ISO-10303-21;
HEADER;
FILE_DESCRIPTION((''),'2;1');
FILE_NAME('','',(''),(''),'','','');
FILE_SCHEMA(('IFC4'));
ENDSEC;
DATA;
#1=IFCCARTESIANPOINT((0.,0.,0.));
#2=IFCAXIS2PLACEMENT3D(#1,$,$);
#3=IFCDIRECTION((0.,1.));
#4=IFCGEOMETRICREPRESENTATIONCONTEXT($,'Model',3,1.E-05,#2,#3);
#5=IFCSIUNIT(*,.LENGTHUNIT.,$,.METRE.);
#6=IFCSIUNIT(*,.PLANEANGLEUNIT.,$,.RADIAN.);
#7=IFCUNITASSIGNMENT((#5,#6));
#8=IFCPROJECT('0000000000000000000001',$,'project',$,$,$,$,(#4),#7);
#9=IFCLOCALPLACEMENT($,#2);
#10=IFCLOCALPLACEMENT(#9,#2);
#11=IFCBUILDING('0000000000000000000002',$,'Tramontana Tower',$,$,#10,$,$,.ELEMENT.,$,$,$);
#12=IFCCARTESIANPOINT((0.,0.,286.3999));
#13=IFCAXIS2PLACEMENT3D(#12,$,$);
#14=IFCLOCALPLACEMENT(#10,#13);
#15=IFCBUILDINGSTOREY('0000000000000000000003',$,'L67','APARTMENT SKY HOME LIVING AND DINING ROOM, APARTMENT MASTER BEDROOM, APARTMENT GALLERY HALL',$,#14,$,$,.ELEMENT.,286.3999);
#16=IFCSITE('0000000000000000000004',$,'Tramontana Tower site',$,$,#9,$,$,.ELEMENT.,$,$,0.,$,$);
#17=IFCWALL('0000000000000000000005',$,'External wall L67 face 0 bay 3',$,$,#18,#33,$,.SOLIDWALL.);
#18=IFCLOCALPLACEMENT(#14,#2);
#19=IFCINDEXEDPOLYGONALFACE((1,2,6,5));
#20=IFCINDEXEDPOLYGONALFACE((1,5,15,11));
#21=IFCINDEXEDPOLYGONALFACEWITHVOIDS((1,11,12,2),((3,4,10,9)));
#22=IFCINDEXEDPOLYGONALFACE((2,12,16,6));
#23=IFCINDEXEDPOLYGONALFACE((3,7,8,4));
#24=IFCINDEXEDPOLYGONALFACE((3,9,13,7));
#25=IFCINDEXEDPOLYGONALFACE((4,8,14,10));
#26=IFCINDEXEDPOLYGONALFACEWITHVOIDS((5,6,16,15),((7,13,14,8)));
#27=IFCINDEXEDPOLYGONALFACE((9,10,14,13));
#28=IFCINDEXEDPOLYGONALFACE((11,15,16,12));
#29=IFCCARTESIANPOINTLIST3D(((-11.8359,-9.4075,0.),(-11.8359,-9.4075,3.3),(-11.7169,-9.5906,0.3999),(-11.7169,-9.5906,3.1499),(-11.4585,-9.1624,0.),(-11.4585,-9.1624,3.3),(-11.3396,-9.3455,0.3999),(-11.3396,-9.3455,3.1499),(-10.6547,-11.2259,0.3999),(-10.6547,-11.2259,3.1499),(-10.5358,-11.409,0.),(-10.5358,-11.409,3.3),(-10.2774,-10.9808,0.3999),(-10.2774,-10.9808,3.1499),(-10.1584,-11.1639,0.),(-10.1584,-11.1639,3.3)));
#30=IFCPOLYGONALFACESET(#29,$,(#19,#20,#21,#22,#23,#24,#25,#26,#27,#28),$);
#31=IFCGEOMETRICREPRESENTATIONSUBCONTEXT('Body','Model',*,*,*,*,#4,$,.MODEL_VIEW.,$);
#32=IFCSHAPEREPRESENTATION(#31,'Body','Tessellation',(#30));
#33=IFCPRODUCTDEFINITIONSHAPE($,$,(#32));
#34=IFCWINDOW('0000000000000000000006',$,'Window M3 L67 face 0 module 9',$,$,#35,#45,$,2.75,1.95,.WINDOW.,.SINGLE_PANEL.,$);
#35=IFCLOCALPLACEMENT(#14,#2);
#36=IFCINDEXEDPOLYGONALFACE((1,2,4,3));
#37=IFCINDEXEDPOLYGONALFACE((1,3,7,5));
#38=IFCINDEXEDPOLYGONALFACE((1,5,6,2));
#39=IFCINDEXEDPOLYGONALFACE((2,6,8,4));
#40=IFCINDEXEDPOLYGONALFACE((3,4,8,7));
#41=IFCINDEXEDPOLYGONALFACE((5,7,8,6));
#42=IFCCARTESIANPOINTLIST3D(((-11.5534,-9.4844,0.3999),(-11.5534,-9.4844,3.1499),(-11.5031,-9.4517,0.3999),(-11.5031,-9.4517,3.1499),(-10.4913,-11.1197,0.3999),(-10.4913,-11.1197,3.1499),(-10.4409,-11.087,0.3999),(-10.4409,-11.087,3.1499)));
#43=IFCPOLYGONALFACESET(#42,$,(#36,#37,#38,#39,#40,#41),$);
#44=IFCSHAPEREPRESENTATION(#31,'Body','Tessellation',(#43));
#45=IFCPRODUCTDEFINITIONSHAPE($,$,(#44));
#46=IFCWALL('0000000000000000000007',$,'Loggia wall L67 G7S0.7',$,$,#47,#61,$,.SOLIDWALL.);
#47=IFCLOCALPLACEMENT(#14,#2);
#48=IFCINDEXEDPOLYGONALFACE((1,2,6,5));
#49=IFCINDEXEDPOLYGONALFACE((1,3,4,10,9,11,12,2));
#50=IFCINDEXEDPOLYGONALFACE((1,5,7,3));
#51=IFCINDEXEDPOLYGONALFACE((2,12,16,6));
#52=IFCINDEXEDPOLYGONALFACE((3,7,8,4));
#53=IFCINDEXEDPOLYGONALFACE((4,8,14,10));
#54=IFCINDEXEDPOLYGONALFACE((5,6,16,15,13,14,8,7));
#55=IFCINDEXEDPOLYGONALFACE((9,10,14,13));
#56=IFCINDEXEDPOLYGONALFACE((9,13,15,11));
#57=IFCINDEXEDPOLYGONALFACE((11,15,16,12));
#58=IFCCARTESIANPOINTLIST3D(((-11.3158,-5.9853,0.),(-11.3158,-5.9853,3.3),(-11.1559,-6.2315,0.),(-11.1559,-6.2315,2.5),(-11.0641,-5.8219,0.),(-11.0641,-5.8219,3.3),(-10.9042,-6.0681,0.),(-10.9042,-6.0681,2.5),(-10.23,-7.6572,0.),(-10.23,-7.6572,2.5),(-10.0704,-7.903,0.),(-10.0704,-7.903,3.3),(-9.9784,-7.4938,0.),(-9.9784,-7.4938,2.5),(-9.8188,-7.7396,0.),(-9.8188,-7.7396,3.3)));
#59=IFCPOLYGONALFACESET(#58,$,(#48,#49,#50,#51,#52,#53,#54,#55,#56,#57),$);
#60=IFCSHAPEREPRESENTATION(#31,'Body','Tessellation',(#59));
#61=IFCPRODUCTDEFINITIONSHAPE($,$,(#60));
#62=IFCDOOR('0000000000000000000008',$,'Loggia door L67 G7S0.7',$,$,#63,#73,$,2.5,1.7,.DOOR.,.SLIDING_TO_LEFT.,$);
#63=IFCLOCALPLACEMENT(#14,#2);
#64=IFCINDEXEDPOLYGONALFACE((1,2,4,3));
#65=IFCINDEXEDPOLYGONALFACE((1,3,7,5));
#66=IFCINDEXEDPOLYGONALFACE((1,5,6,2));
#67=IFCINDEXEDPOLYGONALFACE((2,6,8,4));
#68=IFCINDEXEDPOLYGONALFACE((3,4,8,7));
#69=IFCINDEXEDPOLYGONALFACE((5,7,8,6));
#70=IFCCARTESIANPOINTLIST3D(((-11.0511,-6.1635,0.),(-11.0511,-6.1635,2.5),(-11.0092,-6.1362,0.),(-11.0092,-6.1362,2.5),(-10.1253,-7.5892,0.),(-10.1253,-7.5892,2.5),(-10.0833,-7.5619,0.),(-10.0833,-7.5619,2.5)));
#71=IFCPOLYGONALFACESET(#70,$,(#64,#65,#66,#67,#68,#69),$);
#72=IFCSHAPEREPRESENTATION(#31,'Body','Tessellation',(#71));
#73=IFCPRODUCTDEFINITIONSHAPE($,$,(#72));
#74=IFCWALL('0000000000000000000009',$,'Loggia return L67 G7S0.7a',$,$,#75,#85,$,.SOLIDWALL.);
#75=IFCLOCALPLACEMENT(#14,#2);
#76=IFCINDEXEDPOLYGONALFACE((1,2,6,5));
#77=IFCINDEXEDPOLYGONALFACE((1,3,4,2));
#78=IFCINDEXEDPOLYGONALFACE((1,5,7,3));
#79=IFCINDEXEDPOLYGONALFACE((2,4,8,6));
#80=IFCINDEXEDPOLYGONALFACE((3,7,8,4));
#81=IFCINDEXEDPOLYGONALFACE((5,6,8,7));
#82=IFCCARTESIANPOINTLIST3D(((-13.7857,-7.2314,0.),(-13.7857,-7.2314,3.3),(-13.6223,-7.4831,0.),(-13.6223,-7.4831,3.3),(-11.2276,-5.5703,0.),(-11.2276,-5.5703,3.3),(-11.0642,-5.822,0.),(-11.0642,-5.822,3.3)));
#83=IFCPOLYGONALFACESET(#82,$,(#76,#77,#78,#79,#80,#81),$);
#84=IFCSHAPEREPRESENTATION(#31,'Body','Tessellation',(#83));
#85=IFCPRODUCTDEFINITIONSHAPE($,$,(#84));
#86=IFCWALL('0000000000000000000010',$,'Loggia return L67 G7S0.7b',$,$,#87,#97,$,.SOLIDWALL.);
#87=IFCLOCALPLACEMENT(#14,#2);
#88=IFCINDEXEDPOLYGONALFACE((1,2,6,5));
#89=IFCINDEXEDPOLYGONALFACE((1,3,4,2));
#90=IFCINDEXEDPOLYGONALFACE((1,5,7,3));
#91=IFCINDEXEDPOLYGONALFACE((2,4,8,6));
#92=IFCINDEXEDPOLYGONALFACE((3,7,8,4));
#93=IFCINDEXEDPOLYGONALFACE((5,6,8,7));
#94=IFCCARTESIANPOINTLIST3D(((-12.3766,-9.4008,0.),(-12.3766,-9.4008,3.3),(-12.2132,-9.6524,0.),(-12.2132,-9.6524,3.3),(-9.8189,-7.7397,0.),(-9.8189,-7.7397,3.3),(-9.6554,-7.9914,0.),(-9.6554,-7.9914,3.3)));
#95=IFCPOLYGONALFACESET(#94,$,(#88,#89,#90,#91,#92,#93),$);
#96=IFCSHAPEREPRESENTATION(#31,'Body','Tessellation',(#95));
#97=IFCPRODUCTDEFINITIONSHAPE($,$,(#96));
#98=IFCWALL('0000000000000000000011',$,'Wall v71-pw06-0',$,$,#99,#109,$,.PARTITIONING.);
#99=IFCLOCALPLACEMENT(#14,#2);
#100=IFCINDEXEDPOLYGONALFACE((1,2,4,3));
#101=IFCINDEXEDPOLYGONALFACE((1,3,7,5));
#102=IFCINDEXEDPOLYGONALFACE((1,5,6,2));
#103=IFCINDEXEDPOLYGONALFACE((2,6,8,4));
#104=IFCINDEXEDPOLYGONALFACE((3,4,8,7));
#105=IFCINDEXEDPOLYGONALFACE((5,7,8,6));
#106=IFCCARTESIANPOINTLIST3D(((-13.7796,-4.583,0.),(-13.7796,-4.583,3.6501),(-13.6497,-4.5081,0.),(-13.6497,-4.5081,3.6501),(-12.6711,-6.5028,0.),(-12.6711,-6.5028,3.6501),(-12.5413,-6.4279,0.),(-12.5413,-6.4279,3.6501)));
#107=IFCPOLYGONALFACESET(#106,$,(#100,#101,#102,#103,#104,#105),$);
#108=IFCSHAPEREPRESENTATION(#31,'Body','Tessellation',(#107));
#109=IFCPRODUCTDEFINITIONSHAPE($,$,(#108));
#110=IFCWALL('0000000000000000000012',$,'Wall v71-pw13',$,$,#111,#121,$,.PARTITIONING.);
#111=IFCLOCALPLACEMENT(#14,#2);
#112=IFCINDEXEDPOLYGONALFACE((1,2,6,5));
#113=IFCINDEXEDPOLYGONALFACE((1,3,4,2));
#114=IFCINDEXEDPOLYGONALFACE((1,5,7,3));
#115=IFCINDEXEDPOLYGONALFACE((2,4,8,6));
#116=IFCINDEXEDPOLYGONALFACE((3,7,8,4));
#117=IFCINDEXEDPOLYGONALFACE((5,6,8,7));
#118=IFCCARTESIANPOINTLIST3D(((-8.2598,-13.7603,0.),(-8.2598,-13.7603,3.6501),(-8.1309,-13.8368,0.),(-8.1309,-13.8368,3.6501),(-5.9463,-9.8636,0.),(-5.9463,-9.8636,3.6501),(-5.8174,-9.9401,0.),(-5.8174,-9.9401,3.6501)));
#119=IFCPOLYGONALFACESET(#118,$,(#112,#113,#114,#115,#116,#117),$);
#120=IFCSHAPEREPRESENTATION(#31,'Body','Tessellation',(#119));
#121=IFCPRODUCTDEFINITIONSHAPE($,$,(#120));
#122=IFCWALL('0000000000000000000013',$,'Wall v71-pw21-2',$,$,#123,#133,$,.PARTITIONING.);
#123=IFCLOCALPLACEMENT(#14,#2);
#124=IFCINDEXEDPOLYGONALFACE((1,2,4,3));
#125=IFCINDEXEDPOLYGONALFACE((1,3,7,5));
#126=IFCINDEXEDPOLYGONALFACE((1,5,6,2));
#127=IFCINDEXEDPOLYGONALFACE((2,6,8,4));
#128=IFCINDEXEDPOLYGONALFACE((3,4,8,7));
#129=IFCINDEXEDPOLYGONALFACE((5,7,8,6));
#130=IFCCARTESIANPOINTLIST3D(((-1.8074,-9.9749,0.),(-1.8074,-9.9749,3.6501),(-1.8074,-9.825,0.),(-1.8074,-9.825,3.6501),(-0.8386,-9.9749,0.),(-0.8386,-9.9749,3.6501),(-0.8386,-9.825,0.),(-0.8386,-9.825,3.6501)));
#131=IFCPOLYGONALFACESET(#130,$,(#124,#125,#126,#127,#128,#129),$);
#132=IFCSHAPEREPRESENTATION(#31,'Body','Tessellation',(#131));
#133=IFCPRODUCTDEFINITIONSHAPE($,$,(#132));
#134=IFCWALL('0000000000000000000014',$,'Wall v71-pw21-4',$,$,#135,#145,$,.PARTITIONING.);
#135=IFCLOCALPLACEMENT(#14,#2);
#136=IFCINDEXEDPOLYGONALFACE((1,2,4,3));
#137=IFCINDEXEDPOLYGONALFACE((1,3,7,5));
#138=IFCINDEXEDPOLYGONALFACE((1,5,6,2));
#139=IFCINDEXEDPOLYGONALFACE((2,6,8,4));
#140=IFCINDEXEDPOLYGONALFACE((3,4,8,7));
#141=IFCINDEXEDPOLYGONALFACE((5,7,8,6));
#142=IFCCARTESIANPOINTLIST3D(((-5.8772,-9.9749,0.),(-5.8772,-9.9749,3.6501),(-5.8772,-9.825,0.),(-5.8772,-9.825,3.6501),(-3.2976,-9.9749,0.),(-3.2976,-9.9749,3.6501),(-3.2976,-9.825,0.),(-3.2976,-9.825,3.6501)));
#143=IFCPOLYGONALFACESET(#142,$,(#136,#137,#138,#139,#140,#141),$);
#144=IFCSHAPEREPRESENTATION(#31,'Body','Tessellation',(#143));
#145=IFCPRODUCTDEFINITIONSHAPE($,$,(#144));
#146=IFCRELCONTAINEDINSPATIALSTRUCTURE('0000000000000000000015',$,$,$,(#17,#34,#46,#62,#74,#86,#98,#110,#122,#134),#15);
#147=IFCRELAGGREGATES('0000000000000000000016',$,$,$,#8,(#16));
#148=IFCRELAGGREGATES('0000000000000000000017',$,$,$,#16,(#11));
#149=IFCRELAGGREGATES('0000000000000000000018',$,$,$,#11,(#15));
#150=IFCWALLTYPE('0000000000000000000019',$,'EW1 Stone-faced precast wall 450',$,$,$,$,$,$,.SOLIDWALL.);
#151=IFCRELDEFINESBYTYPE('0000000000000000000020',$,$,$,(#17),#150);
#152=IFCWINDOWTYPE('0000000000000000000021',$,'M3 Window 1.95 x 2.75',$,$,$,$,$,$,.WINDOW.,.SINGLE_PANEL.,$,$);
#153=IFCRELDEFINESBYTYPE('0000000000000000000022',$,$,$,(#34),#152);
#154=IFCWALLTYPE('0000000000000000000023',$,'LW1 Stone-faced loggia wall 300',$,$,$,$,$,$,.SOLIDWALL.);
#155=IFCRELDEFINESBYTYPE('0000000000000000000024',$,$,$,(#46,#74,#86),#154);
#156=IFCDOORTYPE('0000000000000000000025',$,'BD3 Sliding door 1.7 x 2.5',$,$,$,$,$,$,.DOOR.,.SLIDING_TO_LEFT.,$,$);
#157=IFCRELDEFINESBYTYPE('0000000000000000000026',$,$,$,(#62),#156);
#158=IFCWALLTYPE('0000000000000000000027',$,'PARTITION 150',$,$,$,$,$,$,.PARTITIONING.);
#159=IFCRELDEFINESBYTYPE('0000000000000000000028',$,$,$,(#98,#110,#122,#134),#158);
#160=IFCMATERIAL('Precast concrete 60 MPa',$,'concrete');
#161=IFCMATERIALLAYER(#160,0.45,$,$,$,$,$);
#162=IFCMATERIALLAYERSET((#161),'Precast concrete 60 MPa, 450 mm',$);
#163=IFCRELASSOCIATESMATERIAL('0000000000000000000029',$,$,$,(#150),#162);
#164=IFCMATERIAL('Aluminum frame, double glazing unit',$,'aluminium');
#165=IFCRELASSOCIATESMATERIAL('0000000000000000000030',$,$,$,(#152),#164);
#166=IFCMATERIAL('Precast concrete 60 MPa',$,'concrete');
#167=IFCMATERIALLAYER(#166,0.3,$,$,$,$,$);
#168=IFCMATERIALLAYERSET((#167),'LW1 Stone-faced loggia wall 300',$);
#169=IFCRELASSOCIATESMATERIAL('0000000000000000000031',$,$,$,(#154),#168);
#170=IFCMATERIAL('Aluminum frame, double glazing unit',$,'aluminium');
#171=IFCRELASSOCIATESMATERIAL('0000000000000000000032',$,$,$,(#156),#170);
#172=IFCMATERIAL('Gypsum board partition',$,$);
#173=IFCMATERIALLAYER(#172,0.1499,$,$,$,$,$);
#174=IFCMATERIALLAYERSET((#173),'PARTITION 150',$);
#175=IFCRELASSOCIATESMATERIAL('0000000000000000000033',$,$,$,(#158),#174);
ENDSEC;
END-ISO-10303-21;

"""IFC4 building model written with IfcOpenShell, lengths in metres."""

from ifc_helpers import new_model, si_unit, direction, frame, frame_2d, origin, place, context, subcontext, project, spatial, rectangle, extrude, material, layer, layer_set, type_object, element, fill, save


model = new_model("IFC4")

# Units and contexts
model_context = context("Model", 3, precision=1e-05, world=origin(), true_north=direction((0.0, 1.0)))
body_context = subcontext(model_context, "Body", "Model", "MODEL_VIEW")
ifc_project = project(units=[si_unit("LENGTHUNIT", "METRE"), si_unit("PLANEANGLEUNIT", "RADIAN")], contexts=[model_context])

# Site, building, storey
site_placement = place(None, origin())
site = spatial("IfcSite", under=ifc_project, at=site_placement, Name="Tramontana Tower site", CompositionType="ELEMENT", RefElevation=0.0)
building_placement = place(site_placement, origin())
building = spatial("IfcBuilding", under=site, at=building_placement, Name="Tramontana Tower", CompositionType="ELEMENT")
storey_placement = place(building_placement, frame((0.0, 0.0, 286.3999)))
storey = spatial("IfcBuildingStorey", under=building, at=storey_placement, Name="L67", Description="APARTMENT SKY HOME LIVING AND DINING ROOM, APARTMENT MASTER BEDROOM, APARTMENT GALLERY HALL", CompositionType="ELEMENT", Elevation=286.3999)

# Wall, opening, window
ifc_material_1 = material(Name="Precast concrete 60 MPa", Category="concrete")
ifc_layer_1 = layer(ifc_material_1, 0.45)
ifc_layer_set_1 = layer_set([ifc_layer_1], Name="Precast concrete 60 MPa, 450 mm")
wall_type_1 = type_object("IfcWallType", Name="EW1 Stone-faced precast wall 450", PredefinedType="SOLIDWALL", material=ifc_layer_set_1)
wall_1_placement = place(storey_placement, frame((-11.6472, -9.2849, 0.0), z_axis=(0.0, 0.0, 1.0), x_axis=(0.544722, -0.838617, 0.0)))
wall_1 = element("IfcWall", 1, at=wall_1_placement, inside=storey, type_object=wall_type_1, Name="External wall L67 face 0 bay 3", PredefinedType="SOLIDWALL", context=body_context, shape_type="SweptSolid", body=[
    extrude(rectangle(XDim=2.3867, YDim=0.45, at=frame_2d((1.1934, 0.0))), origin(), (0.0, 0.0, 1.0), 3.3),
])
opening_1_placement = place(wall_1_placement, frame((0.2183, 0.0, 0.3999)))
opening_1 = element("IfcOpeningElement", 2, at=opening_1_placement, cuts=wall_1, PredefinedType="OPENING", context=body_context, shape_type="SweptSolid", body=[
    extrude(rectangle(XDim=1.95, YDim=2.75, at=frame_2d((0.9751, 1.375))), frame((0.0, 0.2349, 0.0), z_axis=(0.0, -1.0, 0.0), x_axis=(1.0, 0.0, 0.0)), (0.0, 0.0, 1.0), 0.47),
])
ifc_material_2 = material(Name="Aluminum frame, double glazing unit", Category="aluminium")
window_type = type_object("IfcWindowType", Name="M3 Window 1.95 x 2.75", PartitioningType="SINGLE_PANEL", PredefinedType="WINDOW", material=ifc_material_2)
window_placement = place(opening_1_placement, origin())
window = element("IfcWindow", 3, at=window_placement, inside=storey, type_object=window_type, Name="Window M3 L67 face 0 module 9", OverallHeight=2.75, OverallWidth=1.95, PartitioningType="SINGLE_PANEL", PredefinedType="WINDOW", context=body_context, shape_type="SweptSolid", body=[
    extrude(rectangle(XDim=1.95, YDim=2.75, at=frame_2d((0.9751, 1.375))), frame((0.0, 0.03, 0.0), z_axis=(0.0, -1.0, 0.0), x_axis=(1.0, 0.0, 0.0)), (0.0, 0.0, 1.0), 0.0601),
])
fill(opening_1, window)

# Wall, opening, door
ifc_material_3 = material(Name="Precast concrete 60 MPa", Category="concrete")
ifc_layer_2 = layer(ifc_material_3, 0.3)
ifc_layer_set_2 = layer_set([ifc_layer_2], Name="LW1 Stone-faced loggia wall 300")
wall_type_2 = type_object("IfcWallType", Name="LW1 Stone-faced loggia wall 300", PredefinedType="SOLIDWALL", material=ifc_layer_set_2)
wall_2_placement = place(storey_placement, frame((-11.1899, -5.9036, 0.0), z_axis=(0.0, 0.0, 1.0), x_axis=(0.544632, -0.838675, 0.0)))
wall_2 = element("IfcWall", 4, at=wall_2_placement, inside=storey, type_object=wall_type_2, Name="Loggia wall L67 G7S0.7", PredefinedType="SOLIDWALL", context=body_context, shape_type="SweptSolid", body=[
    extrude(rectangle(XDim=2.2866, YDim=0.3, at=frame_2d((1.1433, 0.0))), origin(), (0.0, 0.0, 1.0), 3.3),
])
opening_2_placement = place(wall_2_placement, frame((0.2935, 0.0, 0.0)))
opening_2 = element("IfcOpeningElement", 5, at=opening_2_placement, cuts=wall_2, PredefinedType="OPENING", context=body_context, shape_type="SweptSolid", body=[
    extrude(rectangle(XDim=1.7, YDim=2.5, at=frame_2d((0.8501, 1.25))), frame((0.0, 0.1599, 0.0), z_axis=(0.0, -1.0, 0.0), x_axis=(1.0, 0.0, 0.0)), (0.0, 0.0, 1.0), 0.3201),
])
ifc_material_4 = material(Name="Aluminum frame, double glazing unit", Category="aluminium")
door_type_1 = type_object("IfcDoorType", Name="BD3 Sliding door 1.7 x 2.5", OperationType="SLIDING_TO_LEFT", PredefinedType="DOOR", material=ifc_material_4)
door_1_placement = place(opening_2_placement, origin())
door_1 = element("IfcDoor", 6, at=door_1_placement, inside=storey, type_object=door_type_1, Name="Loggia door L67 G7S0.7", OperationType="SLIDING_TO_LEFT", OverallHeight=2.5, OverallWidth=1.7, PredefinedType="DOOR", context=body_context, shape_type="SweptSolid", body=[
    extrude(rectangle(XDim=1.7, YDim=2.5, at=frame_2d((0.8501, 1.25))), frame((0.0, 0.0249, 0.0), z_axis=(0.0, -1.0, 0.0), x_axis=(1.0, 0.0, 0.0)), (0.0, 0.0, 1.0), 0.05),
])
fill(opening_2, door_1)

# Walls
wall_3_placement = place(storey_placement, frame((-13.7039, -7.3572, 0.0), z_axis=(0.0, 0.0, 1.0), x_axis=(0.838689, 0.544611, 0.0)))
element("IfcWall", 7, at=wall_3_placement, inside=storey, type_object=wall_type_2, Name="Loggia return L67 G7S0.7a", PredefinedType="SOLIDWALL", context=body_context, shape_type="SweptSolid", body=[
    extrude(rectangle(XDim=3.05, YDim=0.3, at=frame_2d((1.5249, 0.0))), origin(), (0.0, 0.0, 1.0), 3.3),
])
wall_4_placement = place(storey_placement, frame((-12.2949, -9.5266, 0.0), z_axis=(0.0, 0.0, 1.0), x_axis=(0.838665, 0.544648, 0.0)))
element("IfcWall", 8, at=wall_4_placement, inside=storey, type_object=wall_type_2, Name="Loggia return L67 G7S0.7b", PredefinedType="SOLIDWALL", context=body_context, shape_type="SweptSolid", body=[
    extrude(rectangle(XDim=3.0498, YDim=0.3, at=frame_2d((1.5249, 0.0))), origin(), (0.0, 0.0, 1.0), 3.3),
])
ifc_material_5 = material(Name="Gypsum board partition")
ifc_layer_3 = layer(ifc_material_5, 0.1499)
ifc_layer_set_3 = layer_set([ifc_layer_3], Name="PARTITION 150")
wall_type_3 = type_object("IfcWallType", Name="PARTITION 150", PredefinedType="PARTITIONING", material=ifc_layer_set_3)
wall_5_placement = place(storey_placement, frame((-12.6062, -6.4653, 0.0), z_axis=(0.0, 0.0, 1.0), x_axis=(-0.500024, 0.866011, 0.0)))
element("IfcWall", 9, at=wall_5_placement, inside=storey, type_object=wall_type_3, Name="Wall v71-pw06-0", PredefinedType="PARTITIONING", context=body_context, shape_type="SweptSolid", body=[
    extrude(rectangle(XDim=2.2168, YDim=0.1499, at=frame_2d((1.1084, 0.0))), origin(), (0.0, 0.0, 1.0), 3.6501),
])
wall_6_placement = place(storey_placement, frame((-5.8818, -9.9019, 0.0), z_axis=(0.0, 0.0, 1.0), x_axis=(-0.510505, -0.859875, 0.0)))
element("IfcWall", 10, at=wall_6_placement, inside=storey, type_object=wall_type_3, Name="Wall v71-pw13", PredefinedType="PARTITIONING", context=body_context, shape_type="SweptSolid", body=[
    extrude(rectangle(XDim=4.5317, YDim=0.1499, at=frame_2d((2.2659, 0.0))), origin(), (0.0, 0.0, 1.0), 3.6501),
])
wall_7_placement = place(storey_placement, frame((-0.8386, -9.8999, 0.0), z_axis=(0.0, 0.0, 1.0), x_axis=(-1.0, 0.0, 0.0)))
element("IfcWall", 11, at=wall_7_placement, inside=storey, type_object=wall_type_3, Name="Wall v71-pw21-2", PredefinedType="PARTITIONING", context=body_context, shape_type="SweptSolid", body=[
    extrude(rectangle(XDim=0.9688, YDim=0.1499, at=frame_2d((0.4844, 0.0))), origin(), (0.0, 0.0, 1.0), 3.6501),
])

# Wall
wall_8_placement = place(storey_placement, frame((-3.2976, -9.8999, 0.0), z_axis=(0.0, 0.0, 1.0), x_axis=(-1.0, 0.0, 0.0)))
element("IfcWall", 12, at=wall_8_placement, inside=storey, type_object=wall_type_3, Name="Wall v71-pw21-4", PredefinedType="PARTITIONING", context=body_context, shape_type="SweptSolid", body=[
    extrude(rectangle(XDim=2.5796, YDim=0.1499, at=frame_2d((1.2898, 0.0))), origin(), (0.0, 0.0, 1.0), 3.6501),
])

save(model, "model.ifc")
